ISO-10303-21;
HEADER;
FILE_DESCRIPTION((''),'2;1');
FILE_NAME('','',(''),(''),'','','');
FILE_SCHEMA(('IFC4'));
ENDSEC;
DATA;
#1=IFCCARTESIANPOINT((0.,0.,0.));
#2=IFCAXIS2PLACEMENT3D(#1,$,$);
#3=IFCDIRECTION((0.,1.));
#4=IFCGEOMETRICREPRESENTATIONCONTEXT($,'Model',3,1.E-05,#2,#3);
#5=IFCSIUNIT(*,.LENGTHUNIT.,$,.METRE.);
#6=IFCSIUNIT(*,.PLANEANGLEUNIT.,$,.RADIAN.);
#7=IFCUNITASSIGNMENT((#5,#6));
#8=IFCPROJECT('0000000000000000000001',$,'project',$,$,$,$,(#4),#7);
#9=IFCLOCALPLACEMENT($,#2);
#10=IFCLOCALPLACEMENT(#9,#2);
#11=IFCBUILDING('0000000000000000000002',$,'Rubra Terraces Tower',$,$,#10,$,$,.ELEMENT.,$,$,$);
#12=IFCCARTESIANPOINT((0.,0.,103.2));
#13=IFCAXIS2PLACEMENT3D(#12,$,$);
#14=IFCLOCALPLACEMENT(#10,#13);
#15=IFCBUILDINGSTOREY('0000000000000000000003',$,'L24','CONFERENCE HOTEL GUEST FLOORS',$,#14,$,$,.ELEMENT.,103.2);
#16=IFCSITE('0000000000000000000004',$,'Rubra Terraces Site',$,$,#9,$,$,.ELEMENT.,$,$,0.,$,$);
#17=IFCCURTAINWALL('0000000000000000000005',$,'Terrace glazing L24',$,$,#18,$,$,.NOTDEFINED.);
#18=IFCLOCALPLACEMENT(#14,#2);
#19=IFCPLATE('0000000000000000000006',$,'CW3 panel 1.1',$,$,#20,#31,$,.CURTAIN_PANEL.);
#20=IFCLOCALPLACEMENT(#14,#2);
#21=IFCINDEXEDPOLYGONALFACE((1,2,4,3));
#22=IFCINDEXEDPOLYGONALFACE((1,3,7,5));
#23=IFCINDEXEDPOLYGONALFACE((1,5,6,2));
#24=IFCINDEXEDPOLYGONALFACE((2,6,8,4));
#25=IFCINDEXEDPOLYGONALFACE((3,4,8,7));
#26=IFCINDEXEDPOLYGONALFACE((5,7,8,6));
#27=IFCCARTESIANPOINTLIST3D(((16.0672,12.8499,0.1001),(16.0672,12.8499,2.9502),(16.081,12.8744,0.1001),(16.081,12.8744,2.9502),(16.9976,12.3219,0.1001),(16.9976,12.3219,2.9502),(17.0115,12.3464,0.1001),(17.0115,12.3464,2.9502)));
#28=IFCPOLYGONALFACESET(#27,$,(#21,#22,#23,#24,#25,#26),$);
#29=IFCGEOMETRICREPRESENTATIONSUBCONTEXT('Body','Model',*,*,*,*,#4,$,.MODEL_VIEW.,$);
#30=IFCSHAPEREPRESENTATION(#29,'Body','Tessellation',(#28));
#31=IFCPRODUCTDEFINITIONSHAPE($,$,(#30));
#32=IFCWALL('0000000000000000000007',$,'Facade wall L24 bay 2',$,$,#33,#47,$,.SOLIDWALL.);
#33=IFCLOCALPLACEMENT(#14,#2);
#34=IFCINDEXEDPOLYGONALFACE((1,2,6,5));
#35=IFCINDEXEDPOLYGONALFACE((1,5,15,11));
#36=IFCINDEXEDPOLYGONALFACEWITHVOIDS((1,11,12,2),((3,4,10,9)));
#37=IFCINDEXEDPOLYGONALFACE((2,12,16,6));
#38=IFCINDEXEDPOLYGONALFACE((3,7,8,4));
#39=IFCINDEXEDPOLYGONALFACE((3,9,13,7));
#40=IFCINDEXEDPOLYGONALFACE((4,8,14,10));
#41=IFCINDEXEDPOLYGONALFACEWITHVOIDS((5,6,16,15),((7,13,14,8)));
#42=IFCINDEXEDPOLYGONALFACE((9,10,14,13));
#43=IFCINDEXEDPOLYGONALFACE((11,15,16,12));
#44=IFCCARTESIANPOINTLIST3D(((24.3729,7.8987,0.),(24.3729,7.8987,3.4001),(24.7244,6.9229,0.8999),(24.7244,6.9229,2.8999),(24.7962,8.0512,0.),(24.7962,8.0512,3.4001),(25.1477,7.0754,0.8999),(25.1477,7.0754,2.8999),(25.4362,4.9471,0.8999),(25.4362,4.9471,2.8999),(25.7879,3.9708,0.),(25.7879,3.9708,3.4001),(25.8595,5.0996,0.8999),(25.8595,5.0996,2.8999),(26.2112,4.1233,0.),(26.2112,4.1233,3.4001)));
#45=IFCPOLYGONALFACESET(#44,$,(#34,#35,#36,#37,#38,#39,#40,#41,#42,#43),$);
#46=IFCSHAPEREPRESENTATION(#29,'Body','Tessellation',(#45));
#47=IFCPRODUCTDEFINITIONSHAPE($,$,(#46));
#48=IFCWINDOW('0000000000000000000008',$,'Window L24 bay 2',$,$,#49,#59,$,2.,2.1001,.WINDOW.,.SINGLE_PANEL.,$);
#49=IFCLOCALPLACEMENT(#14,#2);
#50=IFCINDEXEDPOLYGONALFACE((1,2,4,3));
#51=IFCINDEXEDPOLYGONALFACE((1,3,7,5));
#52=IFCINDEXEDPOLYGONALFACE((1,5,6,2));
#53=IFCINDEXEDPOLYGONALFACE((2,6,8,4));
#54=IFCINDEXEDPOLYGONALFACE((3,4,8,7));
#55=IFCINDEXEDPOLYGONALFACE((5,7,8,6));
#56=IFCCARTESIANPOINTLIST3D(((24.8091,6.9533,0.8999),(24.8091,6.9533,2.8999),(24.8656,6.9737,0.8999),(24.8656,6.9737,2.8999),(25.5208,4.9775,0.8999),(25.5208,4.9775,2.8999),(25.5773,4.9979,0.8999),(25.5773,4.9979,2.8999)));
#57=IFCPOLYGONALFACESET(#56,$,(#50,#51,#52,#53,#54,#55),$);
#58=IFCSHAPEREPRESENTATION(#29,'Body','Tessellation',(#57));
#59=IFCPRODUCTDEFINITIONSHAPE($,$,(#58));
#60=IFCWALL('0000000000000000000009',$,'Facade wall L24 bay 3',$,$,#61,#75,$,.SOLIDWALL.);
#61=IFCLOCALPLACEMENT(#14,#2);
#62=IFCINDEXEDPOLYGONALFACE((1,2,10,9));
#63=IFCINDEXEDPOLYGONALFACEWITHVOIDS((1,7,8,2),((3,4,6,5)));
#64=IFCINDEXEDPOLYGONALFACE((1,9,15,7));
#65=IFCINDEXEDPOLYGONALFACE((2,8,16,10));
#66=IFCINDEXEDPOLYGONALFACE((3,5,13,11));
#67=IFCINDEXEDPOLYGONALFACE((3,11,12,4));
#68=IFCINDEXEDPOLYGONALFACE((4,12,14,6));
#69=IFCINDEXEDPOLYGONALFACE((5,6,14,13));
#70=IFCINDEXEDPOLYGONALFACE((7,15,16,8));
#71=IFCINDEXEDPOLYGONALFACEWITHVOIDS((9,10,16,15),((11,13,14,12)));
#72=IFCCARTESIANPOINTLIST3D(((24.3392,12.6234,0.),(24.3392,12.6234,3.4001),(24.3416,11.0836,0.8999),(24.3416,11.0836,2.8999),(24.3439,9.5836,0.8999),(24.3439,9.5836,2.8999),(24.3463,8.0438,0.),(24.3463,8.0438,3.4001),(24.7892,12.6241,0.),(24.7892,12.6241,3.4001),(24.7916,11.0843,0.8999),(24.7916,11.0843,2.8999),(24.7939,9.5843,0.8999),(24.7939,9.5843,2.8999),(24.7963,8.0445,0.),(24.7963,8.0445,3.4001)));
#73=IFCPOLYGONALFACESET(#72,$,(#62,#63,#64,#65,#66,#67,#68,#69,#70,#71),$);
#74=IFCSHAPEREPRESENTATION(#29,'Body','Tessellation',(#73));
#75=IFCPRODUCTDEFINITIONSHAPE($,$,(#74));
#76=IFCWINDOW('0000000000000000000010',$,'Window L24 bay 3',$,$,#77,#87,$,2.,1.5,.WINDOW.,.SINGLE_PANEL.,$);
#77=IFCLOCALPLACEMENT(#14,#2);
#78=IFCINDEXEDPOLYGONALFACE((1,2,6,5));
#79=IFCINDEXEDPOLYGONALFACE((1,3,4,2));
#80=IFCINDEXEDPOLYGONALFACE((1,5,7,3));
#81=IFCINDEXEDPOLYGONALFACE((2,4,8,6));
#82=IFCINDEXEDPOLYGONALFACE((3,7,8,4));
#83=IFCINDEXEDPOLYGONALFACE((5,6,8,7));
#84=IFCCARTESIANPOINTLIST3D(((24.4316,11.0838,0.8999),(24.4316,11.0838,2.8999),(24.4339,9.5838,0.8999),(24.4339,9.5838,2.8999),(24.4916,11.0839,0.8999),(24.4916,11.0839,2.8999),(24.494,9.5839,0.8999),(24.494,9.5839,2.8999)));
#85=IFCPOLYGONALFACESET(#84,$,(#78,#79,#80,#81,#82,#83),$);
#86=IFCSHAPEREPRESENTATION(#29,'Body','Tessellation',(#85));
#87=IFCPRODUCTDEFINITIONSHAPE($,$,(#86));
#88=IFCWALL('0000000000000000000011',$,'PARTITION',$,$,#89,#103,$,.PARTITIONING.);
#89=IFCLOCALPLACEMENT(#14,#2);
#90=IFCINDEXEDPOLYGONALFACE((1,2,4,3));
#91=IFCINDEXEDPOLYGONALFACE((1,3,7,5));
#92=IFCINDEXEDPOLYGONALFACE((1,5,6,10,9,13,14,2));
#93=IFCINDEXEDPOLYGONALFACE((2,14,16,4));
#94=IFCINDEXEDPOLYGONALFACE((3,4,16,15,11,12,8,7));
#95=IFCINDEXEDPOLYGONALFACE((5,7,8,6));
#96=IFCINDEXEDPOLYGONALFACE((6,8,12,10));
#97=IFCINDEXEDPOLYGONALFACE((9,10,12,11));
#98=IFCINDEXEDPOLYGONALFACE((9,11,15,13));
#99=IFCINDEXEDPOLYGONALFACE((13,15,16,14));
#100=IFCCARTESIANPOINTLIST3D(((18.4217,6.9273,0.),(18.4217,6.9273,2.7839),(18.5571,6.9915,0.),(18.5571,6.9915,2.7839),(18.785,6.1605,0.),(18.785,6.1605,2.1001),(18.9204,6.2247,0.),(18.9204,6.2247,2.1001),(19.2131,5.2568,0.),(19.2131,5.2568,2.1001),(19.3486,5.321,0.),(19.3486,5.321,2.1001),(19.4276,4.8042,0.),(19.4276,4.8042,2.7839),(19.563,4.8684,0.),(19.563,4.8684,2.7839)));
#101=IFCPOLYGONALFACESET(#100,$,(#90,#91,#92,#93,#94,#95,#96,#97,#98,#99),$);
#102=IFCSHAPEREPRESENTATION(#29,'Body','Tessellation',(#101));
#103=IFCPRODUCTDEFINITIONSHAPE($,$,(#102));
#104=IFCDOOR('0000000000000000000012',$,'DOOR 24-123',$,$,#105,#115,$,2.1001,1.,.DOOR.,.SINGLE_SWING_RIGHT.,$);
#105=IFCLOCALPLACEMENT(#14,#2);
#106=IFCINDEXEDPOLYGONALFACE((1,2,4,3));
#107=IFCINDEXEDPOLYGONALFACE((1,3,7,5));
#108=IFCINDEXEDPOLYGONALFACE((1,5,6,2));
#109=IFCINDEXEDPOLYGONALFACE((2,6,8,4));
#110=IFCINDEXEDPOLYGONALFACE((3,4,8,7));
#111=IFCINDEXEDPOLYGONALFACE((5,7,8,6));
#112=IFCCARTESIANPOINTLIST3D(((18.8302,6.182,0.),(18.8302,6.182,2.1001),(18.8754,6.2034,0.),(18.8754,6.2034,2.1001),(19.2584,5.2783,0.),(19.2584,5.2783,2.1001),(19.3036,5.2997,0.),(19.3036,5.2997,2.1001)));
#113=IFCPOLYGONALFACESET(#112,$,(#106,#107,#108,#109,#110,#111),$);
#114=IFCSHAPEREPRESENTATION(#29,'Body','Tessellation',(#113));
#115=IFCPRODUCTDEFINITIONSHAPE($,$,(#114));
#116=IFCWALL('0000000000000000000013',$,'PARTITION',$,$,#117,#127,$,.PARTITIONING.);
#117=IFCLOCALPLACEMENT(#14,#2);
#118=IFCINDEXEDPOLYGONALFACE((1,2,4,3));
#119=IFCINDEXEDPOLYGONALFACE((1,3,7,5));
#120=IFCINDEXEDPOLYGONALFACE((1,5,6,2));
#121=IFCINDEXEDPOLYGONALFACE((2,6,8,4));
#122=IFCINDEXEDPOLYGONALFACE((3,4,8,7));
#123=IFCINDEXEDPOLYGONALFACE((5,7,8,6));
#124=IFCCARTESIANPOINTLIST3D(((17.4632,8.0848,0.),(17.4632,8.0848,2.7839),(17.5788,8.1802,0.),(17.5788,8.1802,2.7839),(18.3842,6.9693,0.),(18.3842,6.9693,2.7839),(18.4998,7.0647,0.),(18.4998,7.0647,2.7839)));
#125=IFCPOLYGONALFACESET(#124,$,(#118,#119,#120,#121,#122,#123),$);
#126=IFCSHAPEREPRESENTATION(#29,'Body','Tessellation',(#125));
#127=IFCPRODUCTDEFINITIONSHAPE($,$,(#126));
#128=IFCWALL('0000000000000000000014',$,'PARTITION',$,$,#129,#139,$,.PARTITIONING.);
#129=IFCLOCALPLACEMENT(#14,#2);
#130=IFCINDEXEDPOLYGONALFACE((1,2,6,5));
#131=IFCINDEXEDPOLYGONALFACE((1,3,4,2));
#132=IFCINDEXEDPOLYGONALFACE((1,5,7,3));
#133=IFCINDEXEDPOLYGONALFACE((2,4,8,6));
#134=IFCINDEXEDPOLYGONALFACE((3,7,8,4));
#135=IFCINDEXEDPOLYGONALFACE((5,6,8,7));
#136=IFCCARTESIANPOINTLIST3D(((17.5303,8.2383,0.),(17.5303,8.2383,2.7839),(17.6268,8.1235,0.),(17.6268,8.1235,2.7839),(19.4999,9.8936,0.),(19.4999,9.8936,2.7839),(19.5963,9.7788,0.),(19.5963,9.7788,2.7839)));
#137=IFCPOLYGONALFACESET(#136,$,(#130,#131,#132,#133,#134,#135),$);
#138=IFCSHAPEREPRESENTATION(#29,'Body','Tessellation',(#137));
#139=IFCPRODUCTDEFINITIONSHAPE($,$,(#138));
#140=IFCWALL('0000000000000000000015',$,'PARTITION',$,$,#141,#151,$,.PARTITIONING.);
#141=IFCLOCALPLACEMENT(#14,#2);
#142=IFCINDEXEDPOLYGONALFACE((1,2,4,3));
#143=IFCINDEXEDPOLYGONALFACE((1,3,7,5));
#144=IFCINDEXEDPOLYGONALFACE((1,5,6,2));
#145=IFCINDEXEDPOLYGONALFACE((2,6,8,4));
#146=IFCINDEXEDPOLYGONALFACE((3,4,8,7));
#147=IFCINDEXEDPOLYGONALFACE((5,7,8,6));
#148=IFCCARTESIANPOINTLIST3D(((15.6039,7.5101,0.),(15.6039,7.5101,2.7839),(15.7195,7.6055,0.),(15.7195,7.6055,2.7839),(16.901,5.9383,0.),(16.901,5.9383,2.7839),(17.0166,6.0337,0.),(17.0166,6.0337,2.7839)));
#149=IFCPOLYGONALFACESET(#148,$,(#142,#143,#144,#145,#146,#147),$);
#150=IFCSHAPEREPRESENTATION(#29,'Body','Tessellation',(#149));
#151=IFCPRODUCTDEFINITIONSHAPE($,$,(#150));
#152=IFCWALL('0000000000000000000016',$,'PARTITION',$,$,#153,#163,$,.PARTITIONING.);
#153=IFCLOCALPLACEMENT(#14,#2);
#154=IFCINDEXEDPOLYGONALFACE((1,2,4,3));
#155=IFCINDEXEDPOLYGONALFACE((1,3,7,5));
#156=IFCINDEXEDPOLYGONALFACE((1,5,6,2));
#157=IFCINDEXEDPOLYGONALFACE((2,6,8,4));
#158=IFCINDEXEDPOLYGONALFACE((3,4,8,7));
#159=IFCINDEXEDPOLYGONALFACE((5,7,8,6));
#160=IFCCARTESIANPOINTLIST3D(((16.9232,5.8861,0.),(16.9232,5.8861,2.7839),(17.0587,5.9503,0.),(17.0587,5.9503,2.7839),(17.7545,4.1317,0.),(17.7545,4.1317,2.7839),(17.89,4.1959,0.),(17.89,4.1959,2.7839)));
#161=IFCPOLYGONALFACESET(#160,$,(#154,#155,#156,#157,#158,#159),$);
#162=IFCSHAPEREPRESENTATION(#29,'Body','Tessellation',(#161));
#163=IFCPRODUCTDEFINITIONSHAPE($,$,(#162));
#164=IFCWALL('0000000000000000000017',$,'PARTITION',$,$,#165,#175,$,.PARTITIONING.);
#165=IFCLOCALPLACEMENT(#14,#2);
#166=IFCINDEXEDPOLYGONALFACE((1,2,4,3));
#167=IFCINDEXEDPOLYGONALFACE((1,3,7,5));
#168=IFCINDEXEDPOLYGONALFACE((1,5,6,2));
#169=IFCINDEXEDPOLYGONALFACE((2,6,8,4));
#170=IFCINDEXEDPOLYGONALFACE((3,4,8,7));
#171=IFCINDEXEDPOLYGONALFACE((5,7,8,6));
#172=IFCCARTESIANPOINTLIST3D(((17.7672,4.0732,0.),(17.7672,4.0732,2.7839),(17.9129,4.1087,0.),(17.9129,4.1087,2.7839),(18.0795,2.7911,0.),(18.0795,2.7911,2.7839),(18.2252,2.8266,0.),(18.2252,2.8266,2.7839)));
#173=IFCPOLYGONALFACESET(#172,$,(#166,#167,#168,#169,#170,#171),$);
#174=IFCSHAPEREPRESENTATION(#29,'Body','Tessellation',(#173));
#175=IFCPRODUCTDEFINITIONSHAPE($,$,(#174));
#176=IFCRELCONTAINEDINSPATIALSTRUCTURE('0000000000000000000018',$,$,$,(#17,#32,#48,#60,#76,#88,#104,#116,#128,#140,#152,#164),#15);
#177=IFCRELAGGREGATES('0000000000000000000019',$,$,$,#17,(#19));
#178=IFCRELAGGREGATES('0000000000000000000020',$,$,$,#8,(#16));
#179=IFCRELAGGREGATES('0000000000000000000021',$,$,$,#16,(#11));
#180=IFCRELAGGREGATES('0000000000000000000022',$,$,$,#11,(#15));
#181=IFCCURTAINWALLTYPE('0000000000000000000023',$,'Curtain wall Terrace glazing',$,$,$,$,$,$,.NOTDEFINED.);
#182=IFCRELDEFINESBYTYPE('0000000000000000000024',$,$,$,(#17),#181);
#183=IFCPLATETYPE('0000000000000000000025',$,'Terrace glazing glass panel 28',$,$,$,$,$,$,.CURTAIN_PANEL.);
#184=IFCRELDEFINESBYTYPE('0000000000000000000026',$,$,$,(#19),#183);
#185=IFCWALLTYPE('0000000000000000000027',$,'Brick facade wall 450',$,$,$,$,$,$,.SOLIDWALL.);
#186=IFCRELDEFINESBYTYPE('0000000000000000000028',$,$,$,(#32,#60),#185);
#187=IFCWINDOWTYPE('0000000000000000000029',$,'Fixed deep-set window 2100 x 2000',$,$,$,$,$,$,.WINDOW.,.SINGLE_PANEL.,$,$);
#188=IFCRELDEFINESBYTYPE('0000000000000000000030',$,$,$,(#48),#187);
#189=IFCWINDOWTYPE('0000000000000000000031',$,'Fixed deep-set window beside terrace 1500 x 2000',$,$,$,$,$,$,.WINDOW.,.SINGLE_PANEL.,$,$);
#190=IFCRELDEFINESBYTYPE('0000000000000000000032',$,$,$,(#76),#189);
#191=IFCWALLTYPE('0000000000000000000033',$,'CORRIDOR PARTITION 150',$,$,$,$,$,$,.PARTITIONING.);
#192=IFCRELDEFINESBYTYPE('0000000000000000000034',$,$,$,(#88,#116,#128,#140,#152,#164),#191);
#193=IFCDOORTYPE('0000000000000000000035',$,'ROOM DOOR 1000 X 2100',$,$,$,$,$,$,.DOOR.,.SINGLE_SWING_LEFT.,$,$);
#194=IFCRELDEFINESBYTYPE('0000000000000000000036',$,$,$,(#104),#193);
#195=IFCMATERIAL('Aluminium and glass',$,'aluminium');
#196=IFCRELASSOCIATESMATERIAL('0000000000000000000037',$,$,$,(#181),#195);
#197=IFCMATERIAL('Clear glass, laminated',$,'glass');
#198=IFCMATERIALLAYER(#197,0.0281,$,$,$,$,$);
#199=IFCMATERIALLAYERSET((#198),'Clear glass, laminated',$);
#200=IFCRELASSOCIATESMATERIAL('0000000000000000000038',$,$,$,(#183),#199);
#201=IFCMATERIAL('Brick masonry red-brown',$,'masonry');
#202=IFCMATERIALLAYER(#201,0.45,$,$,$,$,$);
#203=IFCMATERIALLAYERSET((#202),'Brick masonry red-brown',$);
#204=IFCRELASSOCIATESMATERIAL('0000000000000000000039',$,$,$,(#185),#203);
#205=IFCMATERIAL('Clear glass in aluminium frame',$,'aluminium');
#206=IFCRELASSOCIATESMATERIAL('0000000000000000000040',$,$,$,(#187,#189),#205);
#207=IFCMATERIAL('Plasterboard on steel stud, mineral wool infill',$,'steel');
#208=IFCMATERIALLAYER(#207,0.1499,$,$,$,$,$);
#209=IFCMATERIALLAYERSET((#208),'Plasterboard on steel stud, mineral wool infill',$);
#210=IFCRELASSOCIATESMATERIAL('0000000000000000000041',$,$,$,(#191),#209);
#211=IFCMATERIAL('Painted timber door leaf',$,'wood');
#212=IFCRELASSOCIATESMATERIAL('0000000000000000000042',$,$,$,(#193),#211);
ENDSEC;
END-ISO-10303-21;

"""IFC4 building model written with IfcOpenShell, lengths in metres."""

from ifc_helpers import new_model, si_unit, direction, frame, frame_2d, origin, origin_2d, place, context, subcontext, project, spatial, rectangle, extrude, material, layer, layer_set, type_object, element, fill, aggregate, save


model = new_model("IFC4")

# Units and contexts
model_context = context("Model", 3, precision=1e-05, world=origin(), true_north=direction((0.0, 1.0)))
body_context = subcontext(model_context, "Body", "Model", "MODEL_VIEW")
ifc_project = project(units=[si_unit("LENGTHUNIT", "METRE"), si_unit("PLANEANGLEUNIT", "RADIAN")], contexts=[model_context])

# Site, building, storey
site_placement = place(None, origin())
site = spatial("IfcSite", under=ifc_project, at=site_placement, Name="Rubra Terraces Site", CompositionType="ELEMENT", RefElevation=0.0)
building_placement = place(site_placement, origin())
building = spatial("IfcBuilding", under=site, at=building_placement, Name="Rubra Terraces Tower", CompositionType="ELEMENT")
storey_placement = place(building_placement, frame((0.0, 0.0, 103.2)))
storey = spatial("IfcBuildingStorey", under=building, at=storey_placement, Name="L24", Description="CONFERENCE HOTEL GUEST FLOORS", CompositionType="ELEMENT", Elevation=103.2)

# Curtain wall, plate
ifc_material_1 = material(Name="Aluminium and glass", Category="aluminium")
curtain_wall_type = type_object("IfcCurtainWallType", Name="Curtain wall Terrace glazing", PredefinedType="NOTDEFINED", material=ifc_material_1)
curtain_wall_placement = place(storey_placement, origin())
curtain_wall = element("IfcCurtainWall", 1, at=curtain_wall_placement, inside=storey, type_object=curtain_wall_type, Name="Terrace glazing L24", PredefinedType="NOTDEFINED")
ifc_material_2 = material(Name="Clear glass, laminated", Category="glass")
ifc_layer_1 = layer(ifc_material_2, 0.0281)
ifc_layer_set_1 = layer_set([ifc_layer_1], Name="Clear glass, laminated")
plate_type = type_object("IfcPlateType", Name="Terrace glazing glass panel 28", PredefinedType="CURTAIN_PANEL", material=ifc_layer_set_1)
plate_placement = place(storey_placement, frame((16.5393, 12.5981, 0.1001), z_axis=(0.0, 0.0, 1.0), x_axis=(-0.869726, 0.493534, 0.0)))
plate = element("IfcPlate", 2, at=plate_placement, type_object=plate_type, Name="CW3 panel 1.1", PredefinedType="CURTAIN_PANEL", context=body_context, shape_type="SweptSolid", body=[
    extrude(rectangle(XDim=1.0698, YDim=0.0281, at=origin_2d()), origin(), (0.0, 0.0, 1.0), 2.8501),
])
aggregate(curtain_wall, [plate])

# Walls, openings, windows
ifc_material_3 = material(Name="Brick masonry red-brown", Category="masonry")
ifc_layer_2 = layer(ifc_material_3, 0.45)
ifc_layer_set_2 = layer_set([ifc_layer_2], Name="Brick masonry red-brown")
wall_type_1 = type_object("IfcWallType", Name="Brick facade wall 450", PredefinedType="SOLIDWALL", material=ifc_layer_set_2)
wall_1_placement = place(storey_placement, frame((25.9995, 4.0471, 0.0), z_axis=(0.0, 0.0, 1.0), x_axis=(-0.338924, 0.940814, 0.0)))
wall_1 = element("IfcWall", 3, at=wall_1_placement, inside=storey, type_object=wall_type_1, Name="Facade wall L24 bay 2", PredefinedType="SOLIDWALL", context=body_context, shape_type="SweptSolid", body=[
    extrude(rectangle(XDim=4.175, YDim=0.45, at=frame_2d((2.0874, 0.0))), origin(), (0.0, 0.0, 1.0), 3.4001),
])
opening_1_placement = place(wall_1_placement, frame((1.0376, 0.0, 0.8999)))
opening_1 = element("IfcOpeningElement", 4, at=opening_1_placement, cuts=wall_1, PredefinedType="OPENING", context=body_context, shape_type="SweptSolid", body=[
    extrude(rectangle(XDim=2.1001, YDim=2.0, at=frame_2d((1.05, 1.0))), frame((0.0, 0.2349, 0.0), z_axis=(0.0, -1.0, 0.0), x_axis=(1.0, 0.0, 0.0)), (0.0, 0.0, 1.0), 0.47),
])
ifc_material_4 = material(Name="Clear glass in aluminium frame", Category="aluminium")
window_type_1 = type_object("IfcWindowType", Name="Fixed deep-set window 2100 x 2000", PartitioningType="SINGLE_PANEL", PredefinedType="WINDOW", material=ifc_material_4)
window_1_placement = place(opening_1_placement, origin())
window_1 = element("IfcWindow", 5, at=window_1_placement, inside=storey, type_object=window_type_1, Name="Window L24 bay 2", OverallHeight=2.0, OverallWidth=2.1001, PartitioningType="SINGLE_PANEL", PredefinedType="WINDOW", context=body_context, shape_type="SweptSolid", body=[
    extrude(rectangle(XDim=2.1001, YDim=2.0, at=frame_2d((1.05, 1.0))), frame((0.0, 0.135, 0.0), z_axis=(0.0, -1.0, 0.0), x_axis=(1.0, 0.0, 0.0)), (0.0, 0.0, 1.0), 0.0601),
])
fill(opening_1, window_1)
wall_2_placement = place(storey_placement, frame((24.5713, 8.0442, 0.0), z_axis=(0.0, 0.0, 1.0), x_axis=(-0.001546, 0.999999, 0.0)))
wall_2 = element("IfcWall", 6, at=wall_2_placement, inside=storey, type_object=wall_type_1, Name="Facade wall L24 bay 3", PredefinedType="SOLIDWALL", context=body_context, shape_type="SweptSolid", body=[
    extrude(rectangle(XDim=4.5796, YDim=0.45, at=frame_2d((2.2898, 0.0))), origin(), (0.0, 0.0, 1.0), 3.4001),
])
opening_2_placement = place(wall_2_placement, frame((1.5398, 0.0, 0.8999)))
opening_2 = element("IfcOpeningElement", 7, at=opening_2_placement, cuts=wall_2, PredefinedType="OPENING", context=body_context, shape_type="SweptSolid", body=[
    extrude(rectangle(XDim=1.5, YDim=2.0, at=frame_2d((0.75, 1.0))), frame((0.0, 0.2349, 0.0), z_axis=(0.0, -1.0, 0.0), x_axis=(1.0, 0.0, 0.0)), (0.0, 0.0, 1.0), 0.47),
])
window_type_2 = type_object("IfcWindowType", Name="Fixed deep-set window beside terrace 1500 x 2000", PartitioningType="SINGLE_PANEL", PredefinedType="WINDOW", material=ifc_material_4)
window_2_placement = place(opening_2_placement, origin())
window_2 = element("IfcWindow", 8, at=window_2_placement, inside=storey, type_object=window_type_2, Name="Window L24 bay 3", OverallHeight=2.0, OverallWidth=1.5, PartitioningType="SINGLE_PANEL", PredefinedType="WINDOW", context=body_context, shape_type="SweptSolid", body=[
    extrude(rectangle(XDim=1.5, YDim=2.0, at=frame_2d((0.75, 1.0))), frame((0.0, 0.135, 0.0), z_axis=(0.0, -1.0, 0.0), x_axis=(1.0, 0.0, 0.0)), (0.0, 0.0, 1.0), 0.0601),
])
fill(opening_2, window_2)

# Wall, opening, door
ifc_material_5 = material(Name="Plasterboard on steel stud, mineral wool infill", Category="steel")
ifc_layer_3 = layer(ifc_material_5, 0.1499)
ifc_layer_set_3 = layer_set([ifc_layer_3], Name="Plasterboard on steel stud, mineral wool infill")
wall_type_2 = type_object("IfcWallType", Name="CORRIDOR PARTITION 150", PredefinedType="PARTITIONING", material=ifc_layer_set_3)
wall_3_placement = place(storey_placement, frame((19.4954, 4.8362, 0.0), z_axis=(0.0, 0.0, 1.0), x_axis=(-0.428158, 0.903704, 0.0)))
wall_3 = element("IfcWall", 9, at=wall_3_placement, inside=storey, type_object=wall_type_2, Name="PARTITION", PredefinedType="PARTITIONING", context=body_context, shape_type="SweptSolid", body=[
    extrude(rectangle(XDim=2.3494, YDim=0.1499, at=frame_2d((1.1748, 0.0))), origin(), (0.0, 0.0, 1.0), 2.7839),
])
opening_3_placement = place(wall_3_placement, frame((0.501, 0.0, 0.0)))
opening_3 = element("IfcOpeningElement", 10, at=opening_3_placement, cuts=wall_3, PredefinedType="OPENING", context=body_context, shape_type="SweptSolid", body=[
    extrude(rectangle(XDim=1.0, YDim=2.1001, at=frame_2d((0.5, 1.05))), frame((0.0, 0.085, 0.0), z_axis=(0.0, -1.0, 0.0), x_axis=(1.0, 0.0, 0.0)), (0.0, 0.0, 1.0), 0.1699),
])
ifc_material_6 = material(Name="Painted timber door leaf", Category="wood")
door_type_1 = type_object("IfcDoorType", Name="ROOM DOOR 1000 X 2100", OperationType="SINGLE_SWING_LEFT", PredefinedType="DOOR", material=ifc_material_6)
door_1_placement = place(opening_3_placement, origin())
door_1 = element("IfcDoor", 11, at=door_1_placement, inside=storey, type_object=door_type_1, Name="DOOR 24-123", OperationType="SINGLE_SWING_RIGHT", OverallHeight=2.1001, OverallWidth=1.0, PredefinedType="DOOR", context=body_context, shape_type="SweptSolid", body=[
    extrude(rectangle(XDim=1.0, YDim=2.1001, at=frame_2d((0.5, 1.05))), frame((0.0, 0.0249, 0.0), z_axis=(0.0, -1.0, 0.0), x_axis=(1.0, 0.0, 0.0)), (0.0, 0.0, 1.0), 0.05),
])
fill(opening_3, door_1)

# Walls
wall_4_placement = place(storey_placement, frame((18.4419, 7.0171, 0.0), z_axis=(0.0, 0.0, 1.0), x_axis=(-0.636642, 0.77116, 0.0)))
element("IfcWall", 12, at=wall_4_placement, inside=storey, type_object=wall_type_2, Name="PARTITION", PredefinedType="PARTITIONING", context=body_context, shape_type="SweptSolid", body=[
    extrude(rectangle(XDim=1.4465, YDim=0.1499, at=frame_2d((0.7231, 0.0))), origin(), (0.0, 0.0, 1.0), 2.7839),
])
wall_5_placement = place(storey_placement, frame((19.5481, 9.8362, 0.0), z_axis=(0.0, 0.0, 1.0), x_axis=(-0.765531, -0.643399, 0.0)))
element("IfcWall", 13, at=wall_5_placement, inside=storey, type_object=wall_type_2, Name="PARTITION", PredefinedType="PARTITIONING", context=body_context, shape_type="SweptSolid", body=[
    extrude(rectangle(XDim=2.5728, YDim=0.1499, at=frame_2d((1.2864, 0.0))), origin(), (0.0, 0.0, 1.0), 2.7839),
])
wall_6_placement = place(storey_placement, frame((15.6616, 7.5579, 0.0), z_axis=(0.0, 0.0, 1.0), x_axis=(0.636501, -0.771276, 0.0)))
element("IfcWall", 14, at=wall_6_placement, inside=storey, type_object=wall_type_2, Name="PARTITION", PredefinedType="PARTITIONING", context=body_context, shape_type="SweptSolid", body=[
    extrude(rectangle(XDim=2.0378, YDim=0.1499, at=frame_2d((1.019, 0.0))), origin(), (0.0, 0.0, 1.0), 2.7839),
])
wall_7_placement = place(storey_placement, frame((16.991, 5.9182, 0.0), z_axis=(0.0, 0.0, 1.0), x_axis=(0.4282, -0.903684, 0.0)))
element("IfcWall", 15, at=wall_7_placement, inside=storey, type_object=wall_type_2, Name="PARTITION", PredefinedType="PARTITIONING", context=body_context, shape_type="SweptSolid", body=[
    extrude(rectangle(XDim=1.9414, YDim=0.1499, at=frame_2d((0.9707, 0.0))), origin(), (0.0, 0.0, 1.0), 2.7839),
])
wall_8_placement = place(storey_placement, frame((17.8401, 4.0908, 0.0), z_axis=(0.0, 0.0, 1.0), x_axis=(0.236654, -0.971594, 0.0)))
element("IfcWall", 16, at=wall_8_placement, inside=storey, type_object=wall_type_2, Name="PARTITION", PredefinedType="PARTITIONING", context=body_context, shape_type="SweptSolid", body=[
    extrude(rectangle(XDim=1.3196, YDim=0.1499, at=frame_2d((0.6597, 0.0))), origin(), (0.0, 0.0, 1.0), 2.7839),
])

save(model, "model.ifc")
